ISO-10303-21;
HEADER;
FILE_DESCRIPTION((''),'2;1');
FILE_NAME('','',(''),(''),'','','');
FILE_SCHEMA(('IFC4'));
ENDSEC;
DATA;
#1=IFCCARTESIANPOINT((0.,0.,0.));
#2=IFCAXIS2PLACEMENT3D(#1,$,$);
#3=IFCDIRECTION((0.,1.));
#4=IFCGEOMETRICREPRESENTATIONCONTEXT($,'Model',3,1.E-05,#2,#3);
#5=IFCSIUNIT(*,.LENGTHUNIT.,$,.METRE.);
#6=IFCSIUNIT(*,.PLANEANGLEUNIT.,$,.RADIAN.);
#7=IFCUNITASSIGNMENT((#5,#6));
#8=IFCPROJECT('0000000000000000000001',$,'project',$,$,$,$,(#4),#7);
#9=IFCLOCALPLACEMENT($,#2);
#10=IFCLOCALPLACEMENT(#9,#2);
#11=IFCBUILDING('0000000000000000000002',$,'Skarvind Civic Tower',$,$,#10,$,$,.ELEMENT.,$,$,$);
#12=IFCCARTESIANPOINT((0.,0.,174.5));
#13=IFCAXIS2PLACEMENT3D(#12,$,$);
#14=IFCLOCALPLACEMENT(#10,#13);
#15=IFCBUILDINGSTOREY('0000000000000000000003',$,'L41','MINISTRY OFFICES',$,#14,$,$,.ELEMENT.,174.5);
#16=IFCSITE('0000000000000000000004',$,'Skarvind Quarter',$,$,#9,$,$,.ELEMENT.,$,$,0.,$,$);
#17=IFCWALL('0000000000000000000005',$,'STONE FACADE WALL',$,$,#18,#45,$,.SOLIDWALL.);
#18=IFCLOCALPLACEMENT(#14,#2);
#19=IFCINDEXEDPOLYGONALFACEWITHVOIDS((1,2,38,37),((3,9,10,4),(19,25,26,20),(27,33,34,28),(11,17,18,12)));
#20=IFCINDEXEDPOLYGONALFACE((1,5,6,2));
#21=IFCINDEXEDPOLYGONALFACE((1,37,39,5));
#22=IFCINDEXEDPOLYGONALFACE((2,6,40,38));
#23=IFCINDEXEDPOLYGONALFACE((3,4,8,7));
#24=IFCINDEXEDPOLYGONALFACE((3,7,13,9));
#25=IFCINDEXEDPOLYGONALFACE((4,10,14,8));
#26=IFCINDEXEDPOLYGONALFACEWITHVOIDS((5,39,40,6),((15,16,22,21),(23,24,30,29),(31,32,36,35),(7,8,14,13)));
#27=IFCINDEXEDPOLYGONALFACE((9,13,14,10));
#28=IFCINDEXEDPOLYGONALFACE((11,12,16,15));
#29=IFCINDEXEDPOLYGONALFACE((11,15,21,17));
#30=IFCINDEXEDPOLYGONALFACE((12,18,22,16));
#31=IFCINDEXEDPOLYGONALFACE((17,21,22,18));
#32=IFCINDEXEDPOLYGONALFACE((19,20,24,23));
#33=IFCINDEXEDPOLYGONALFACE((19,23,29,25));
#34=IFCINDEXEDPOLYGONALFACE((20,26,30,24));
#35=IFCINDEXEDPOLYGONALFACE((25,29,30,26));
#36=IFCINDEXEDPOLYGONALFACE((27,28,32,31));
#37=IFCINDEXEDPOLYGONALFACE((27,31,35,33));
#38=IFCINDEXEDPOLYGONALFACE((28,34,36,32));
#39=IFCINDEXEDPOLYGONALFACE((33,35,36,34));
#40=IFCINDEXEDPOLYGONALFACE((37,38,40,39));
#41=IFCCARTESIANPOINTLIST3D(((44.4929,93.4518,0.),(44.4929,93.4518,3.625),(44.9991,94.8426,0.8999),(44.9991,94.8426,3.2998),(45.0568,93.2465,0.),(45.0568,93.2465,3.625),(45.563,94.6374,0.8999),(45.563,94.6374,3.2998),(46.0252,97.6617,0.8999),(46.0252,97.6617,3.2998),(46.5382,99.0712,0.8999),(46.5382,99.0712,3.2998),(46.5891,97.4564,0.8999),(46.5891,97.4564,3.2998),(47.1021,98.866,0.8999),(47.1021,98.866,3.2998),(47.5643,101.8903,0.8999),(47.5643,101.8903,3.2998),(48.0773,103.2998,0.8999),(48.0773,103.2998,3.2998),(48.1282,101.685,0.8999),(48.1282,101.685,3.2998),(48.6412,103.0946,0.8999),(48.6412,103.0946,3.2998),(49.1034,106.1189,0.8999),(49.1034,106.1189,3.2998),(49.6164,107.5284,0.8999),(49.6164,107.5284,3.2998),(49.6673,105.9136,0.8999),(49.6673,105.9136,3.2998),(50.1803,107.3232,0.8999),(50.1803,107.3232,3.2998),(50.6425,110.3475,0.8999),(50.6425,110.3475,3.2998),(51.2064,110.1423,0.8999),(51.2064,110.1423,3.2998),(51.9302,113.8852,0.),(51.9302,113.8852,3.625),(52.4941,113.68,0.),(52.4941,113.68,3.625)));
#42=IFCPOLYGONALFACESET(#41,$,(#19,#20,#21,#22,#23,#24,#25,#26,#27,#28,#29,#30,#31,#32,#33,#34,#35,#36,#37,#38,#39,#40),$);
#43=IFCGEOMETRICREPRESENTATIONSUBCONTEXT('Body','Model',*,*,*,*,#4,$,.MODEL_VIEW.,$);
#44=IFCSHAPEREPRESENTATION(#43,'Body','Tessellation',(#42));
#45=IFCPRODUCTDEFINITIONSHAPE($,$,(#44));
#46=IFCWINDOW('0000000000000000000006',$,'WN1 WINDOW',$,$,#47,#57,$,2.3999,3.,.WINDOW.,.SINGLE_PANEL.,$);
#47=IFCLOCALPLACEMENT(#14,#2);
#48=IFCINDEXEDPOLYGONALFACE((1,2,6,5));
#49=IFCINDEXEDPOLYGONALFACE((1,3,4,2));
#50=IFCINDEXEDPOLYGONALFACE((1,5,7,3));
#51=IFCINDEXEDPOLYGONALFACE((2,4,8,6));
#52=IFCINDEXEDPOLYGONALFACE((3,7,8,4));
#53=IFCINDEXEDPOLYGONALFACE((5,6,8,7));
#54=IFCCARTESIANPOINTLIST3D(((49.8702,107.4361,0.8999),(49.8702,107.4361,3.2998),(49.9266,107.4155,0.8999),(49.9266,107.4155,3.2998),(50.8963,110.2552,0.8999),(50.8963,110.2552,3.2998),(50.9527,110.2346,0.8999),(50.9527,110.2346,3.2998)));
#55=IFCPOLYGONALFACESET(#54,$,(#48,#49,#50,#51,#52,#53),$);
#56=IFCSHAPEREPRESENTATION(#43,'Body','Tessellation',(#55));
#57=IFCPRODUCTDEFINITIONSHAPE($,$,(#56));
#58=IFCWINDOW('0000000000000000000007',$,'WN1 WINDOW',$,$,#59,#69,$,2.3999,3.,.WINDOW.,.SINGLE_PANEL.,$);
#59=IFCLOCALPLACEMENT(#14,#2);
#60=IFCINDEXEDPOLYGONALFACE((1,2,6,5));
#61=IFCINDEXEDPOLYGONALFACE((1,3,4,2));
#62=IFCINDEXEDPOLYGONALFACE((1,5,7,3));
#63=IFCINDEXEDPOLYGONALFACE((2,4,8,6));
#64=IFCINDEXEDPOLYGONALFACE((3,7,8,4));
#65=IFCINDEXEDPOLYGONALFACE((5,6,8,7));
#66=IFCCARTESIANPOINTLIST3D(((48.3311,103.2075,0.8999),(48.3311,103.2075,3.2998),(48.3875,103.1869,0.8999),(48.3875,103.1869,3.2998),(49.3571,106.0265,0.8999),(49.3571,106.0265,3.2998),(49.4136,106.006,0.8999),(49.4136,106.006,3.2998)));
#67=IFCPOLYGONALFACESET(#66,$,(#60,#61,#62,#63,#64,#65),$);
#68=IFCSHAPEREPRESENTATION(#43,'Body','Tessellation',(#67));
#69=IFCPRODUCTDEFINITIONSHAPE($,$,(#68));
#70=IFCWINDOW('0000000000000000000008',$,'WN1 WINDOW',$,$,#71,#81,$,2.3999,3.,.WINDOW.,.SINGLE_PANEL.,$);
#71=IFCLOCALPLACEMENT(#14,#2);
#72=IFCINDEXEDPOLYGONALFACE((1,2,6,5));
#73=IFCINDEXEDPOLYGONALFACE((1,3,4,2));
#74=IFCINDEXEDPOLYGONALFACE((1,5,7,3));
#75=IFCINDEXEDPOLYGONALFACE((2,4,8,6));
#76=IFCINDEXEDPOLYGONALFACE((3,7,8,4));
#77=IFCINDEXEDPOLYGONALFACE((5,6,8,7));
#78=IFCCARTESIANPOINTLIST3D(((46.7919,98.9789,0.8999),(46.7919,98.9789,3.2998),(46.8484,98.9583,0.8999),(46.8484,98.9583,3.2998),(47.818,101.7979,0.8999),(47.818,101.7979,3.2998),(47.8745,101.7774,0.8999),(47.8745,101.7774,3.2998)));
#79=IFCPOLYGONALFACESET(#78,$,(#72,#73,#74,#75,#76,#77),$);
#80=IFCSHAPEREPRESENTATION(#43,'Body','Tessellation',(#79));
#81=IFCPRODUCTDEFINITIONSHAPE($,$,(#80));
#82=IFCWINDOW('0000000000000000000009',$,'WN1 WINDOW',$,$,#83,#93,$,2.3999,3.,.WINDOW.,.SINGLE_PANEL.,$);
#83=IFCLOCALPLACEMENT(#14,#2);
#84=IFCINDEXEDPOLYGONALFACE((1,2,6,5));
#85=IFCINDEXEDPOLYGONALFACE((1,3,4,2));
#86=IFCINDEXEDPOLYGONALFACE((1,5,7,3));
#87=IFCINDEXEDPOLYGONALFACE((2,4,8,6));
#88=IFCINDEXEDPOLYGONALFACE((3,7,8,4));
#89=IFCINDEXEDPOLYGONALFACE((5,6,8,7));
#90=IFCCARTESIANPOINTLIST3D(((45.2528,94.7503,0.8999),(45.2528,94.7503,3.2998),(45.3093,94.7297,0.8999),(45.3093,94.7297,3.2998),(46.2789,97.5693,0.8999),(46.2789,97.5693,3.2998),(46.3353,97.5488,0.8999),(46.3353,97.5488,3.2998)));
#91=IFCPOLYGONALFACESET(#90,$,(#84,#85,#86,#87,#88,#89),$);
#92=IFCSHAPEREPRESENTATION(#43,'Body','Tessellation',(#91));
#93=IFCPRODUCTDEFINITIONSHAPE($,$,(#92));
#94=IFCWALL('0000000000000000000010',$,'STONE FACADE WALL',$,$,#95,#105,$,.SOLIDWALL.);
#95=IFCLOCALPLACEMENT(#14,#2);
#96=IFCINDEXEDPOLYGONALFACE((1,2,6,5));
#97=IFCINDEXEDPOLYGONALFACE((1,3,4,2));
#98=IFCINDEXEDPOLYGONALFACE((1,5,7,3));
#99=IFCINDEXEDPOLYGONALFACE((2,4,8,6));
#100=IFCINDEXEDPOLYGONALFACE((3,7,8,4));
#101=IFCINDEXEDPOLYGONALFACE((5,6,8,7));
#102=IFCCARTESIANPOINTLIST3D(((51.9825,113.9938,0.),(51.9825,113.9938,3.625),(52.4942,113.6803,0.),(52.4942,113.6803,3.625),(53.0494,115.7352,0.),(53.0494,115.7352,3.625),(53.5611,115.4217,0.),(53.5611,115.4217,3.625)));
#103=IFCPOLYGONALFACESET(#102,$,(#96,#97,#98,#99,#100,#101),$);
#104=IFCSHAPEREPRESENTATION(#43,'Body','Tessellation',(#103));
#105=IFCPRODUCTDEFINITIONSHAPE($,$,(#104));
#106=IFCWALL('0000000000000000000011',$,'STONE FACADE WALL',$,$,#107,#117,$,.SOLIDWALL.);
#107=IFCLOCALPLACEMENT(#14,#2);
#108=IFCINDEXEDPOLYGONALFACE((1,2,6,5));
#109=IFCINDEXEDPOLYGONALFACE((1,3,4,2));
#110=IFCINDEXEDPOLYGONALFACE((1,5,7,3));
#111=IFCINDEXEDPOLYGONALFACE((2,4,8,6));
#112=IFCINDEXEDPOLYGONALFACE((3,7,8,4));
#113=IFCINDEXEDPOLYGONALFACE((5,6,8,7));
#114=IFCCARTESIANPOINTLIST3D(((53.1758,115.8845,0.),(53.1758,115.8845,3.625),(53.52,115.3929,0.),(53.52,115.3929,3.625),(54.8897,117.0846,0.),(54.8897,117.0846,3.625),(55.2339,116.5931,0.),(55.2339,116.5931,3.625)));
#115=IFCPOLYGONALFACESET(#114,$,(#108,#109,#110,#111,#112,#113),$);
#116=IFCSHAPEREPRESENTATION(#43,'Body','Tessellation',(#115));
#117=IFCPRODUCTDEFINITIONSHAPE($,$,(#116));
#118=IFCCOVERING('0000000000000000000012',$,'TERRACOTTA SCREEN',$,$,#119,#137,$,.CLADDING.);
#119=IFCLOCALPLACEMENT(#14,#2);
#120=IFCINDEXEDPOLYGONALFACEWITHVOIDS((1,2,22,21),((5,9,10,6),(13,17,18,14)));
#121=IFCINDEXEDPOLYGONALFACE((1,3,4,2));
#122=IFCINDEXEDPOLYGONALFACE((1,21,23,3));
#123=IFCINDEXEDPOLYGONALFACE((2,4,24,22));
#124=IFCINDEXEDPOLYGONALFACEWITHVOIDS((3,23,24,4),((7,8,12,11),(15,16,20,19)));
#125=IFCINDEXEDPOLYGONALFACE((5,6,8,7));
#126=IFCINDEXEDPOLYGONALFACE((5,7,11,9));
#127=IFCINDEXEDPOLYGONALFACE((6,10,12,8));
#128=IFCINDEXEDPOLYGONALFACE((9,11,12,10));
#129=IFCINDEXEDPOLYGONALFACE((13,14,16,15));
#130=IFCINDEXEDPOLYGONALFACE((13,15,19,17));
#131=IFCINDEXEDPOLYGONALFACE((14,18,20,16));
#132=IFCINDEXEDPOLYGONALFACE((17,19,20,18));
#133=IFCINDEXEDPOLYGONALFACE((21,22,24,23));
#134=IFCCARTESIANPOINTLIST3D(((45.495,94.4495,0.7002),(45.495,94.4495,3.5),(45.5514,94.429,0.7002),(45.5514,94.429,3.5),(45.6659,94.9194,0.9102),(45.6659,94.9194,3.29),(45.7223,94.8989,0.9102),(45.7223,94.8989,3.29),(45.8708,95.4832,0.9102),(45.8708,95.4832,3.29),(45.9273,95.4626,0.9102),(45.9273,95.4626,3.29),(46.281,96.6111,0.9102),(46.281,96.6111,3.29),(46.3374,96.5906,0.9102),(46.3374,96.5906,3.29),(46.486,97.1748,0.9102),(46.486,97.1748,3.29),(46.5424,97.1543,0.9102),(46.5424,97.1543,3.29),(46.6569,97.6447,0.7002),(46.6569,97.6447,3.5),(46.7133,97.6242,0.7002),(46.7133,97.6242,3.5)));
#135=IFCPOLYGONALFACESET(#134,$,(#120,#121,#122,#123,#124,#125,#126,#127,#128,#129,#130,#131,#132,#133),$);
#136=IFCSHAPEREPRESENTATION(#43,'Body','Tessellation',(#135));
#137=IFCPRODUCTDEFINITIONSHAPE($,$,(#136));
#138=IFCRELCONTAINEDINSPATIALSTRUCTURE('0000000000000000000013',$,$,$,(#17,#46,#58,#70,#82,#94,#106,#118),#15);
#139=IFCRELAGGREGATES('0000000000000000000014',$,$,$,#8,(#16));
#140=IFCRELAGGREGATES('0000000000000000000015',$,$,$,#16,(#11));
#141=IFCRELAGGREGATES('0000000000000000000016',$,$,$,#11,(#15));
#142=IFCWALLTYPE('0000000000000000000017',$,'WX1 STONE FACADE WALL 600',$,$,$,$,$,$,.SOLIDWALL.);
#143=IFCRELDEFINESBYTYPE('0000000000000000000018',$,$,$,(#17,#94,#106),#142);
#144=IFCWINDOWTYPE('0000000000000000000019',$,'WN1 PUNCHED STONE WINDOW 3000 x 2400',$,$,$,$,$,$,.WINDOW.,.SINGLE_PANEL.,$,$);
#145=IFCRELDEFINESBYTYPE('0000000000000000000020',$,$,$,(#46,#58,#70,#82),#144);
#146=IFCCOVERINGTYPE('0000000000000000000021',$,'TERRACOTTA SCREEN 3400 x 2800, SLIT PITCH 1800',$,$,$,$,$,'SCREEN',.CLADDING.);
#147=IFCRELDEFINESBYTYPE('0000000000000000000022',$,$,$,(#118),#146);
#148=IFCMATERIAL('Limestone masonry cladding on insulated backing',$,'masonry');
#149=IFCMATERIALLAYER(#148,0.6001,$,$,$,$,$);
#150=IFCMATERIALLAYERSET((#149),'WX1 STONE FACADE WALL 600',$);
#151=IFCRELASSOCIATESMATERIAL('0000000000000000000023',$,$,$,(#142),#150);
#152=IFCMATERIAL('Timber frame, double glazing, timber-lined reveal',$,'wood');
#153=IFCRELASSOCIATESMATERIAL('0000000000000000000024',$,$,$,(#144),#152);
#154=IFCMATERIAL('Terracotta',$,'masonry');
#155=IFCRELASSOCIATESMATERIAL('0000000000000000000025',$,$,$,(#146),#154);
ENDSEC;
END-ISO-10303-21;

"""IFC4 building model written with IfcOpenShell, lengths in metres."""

from ifc_helpers import new_model, si_unit, direction, frame, frame_2d, origin, place, context, subcontext, project, spatial, polyline, rectangle, outline, extrude, material, layer, layer_set, material_profile, profile_set, type_object, element, fill, save


model = new_model("IFC4")

# Units and contexts
model_context = context("Model", 3, precision=1e-05, world=origin(), true_north=direction((0.0, 1.0)))
body_context = subcontext(model_context, "Body", "Model", "MODEL_VIEW")
ifc_project = project(units=[si_unit("LENGTHUNIT", "METRE"), si_unit("PLANEANGLEUNIT", "RADIAN")], contexts=[model_context])

# Site, building, storey
site_placement = place(None, origin())
site = spatial("IfcSite", under=ifc_project, at=site_placement, Name="Skarvind Quarter", CompositionType="ELEMENT", RefElevation=0.0)
building_placement = place(site_placement, origin())
building = spatial("IfcBuilding", under=site, at=building_placement, Name="Skarvind Civic Tower", CompositionType="ELEMENT")
storey_placement = place(building_placement, frame((0.0, 0.0, 174.5)))
storey = spatial("IfcBuildingStorey", under=building, at=storey_placement, Name="L41", Description="MINISTRY OFFICES", CompositionType="ELEMENT", Elevation=174.5)

# Wall, openings, windows
ifc_material_1 = material(Name="Limestone masonry cladding on insulated backing", Category="masonry")
ifc_layer_1 = layer(ifc_material_1, 0.6001)
ifc_layer_set_1 = layer_set([ifc_layer_1], Name="WX1 STONE FACADE WALL 600")
wall_type_1 = type_object("IfcWallType", Name="WX1 STONE FACADE WALL 600", PredefinedType="SOLIDWALL", material=ifc_layer_set_1)
wall_1_placement = place(storey_placement, frame((52.2122, 113.7827, 0.0), z_axis=(0.0, 0.0, 1.0), x_axis=(-0.342025, -0.939691, 0.0)))
wall_1 = element("IfcWall", 1, at=wall_1_placement, inside=storey, type_object=wall_type_1, Name="STONE FACADE WALL", PredefinedType="SOLIDWALL", context=body_context, shape_type="SweptSolid", body=[
    extrude(rectangle(XDim=21.7449, YDim=0.6001, at=frame_2d((10.8726, 0.0))), origin(), (0.0, 0.0, 1.0), 3.625),
])
opening_1_placement = place(wall_1_placement, frame((3.7649, 0.0, 0.8999)))
opening_1 = element("IfcOpeningElement", 2, at=opening_1_placement, cuts=wall_1, PredefinedType="OPENING", context=body_context, shape_type="SweptSolid", body=[
    extrude(rectangle(XDim=3.0, YDim=2.3999, at=frame_2d((1.5, 1.2))), frame((0.0, 0.3101, 0.0), z_axis=(0.0, -1.0, 0.0), x_axis=(1.0, 0.0, 0.0)), (0.0, 0.0, 1.0), 0.6201),
])
opening_2_placement = place(wall_1_placement, frame((8.2649, 0.0, 0.8999)))
opening_2 = element("IfcOpeningElement", 3, at=opening_2_placement, cuts=wall_1, PredefinedType="OPENING", context=body_context, shape_type="SweptSolid", body=[
    extrude(rectangle(XDim=3.0, YDim=2.3999, at=frame_2d((1.5, 1.2))), frame((0.0, 0.3101, 0.0), z_axis=(0.0, -1.0, 0.0), x_axis=(1.0, 0.0, 0.0)), (0.0, 0.0, 1.0), 0.6201),
])
opening_3_placement = place(wall_1_placement, frame((12.7649, 0.0, 0.8999)))
opening_3 = element("IfcOpeningElement", 4, at=opening_3_placement, cuts=wall_1, PredefinedType="OPENING", context=body_context, shape_type="SweptSolid", body=[
    extrude(rectangle(XDim=3.0, YDim=2.3999, at=frame_2d((1.5, 1.2))), frame((0.0, 0.3101, 0.0), z_axis=(0.0, -1.0, 0.0), x_axis=(1.0, 0.0, 0.0)), (0.0, 0.0, 1.0), 0.6201),
])
opening_4_placement = place(wall_1_placement, frame((17.2649, 0.0, 0.8999)))
opening_4 = element("IfcOpeningElement", 5, at=opening_4_placement, cuts=wall_1, PredefinedType="OPENING", context=body_context, shape_type="SweptSolid", body=[
    extrude(rectangle(XDim=3.0, YDim=2.3999, at=frame_2d((1.5, 1.2))), frame((0.0, 0.3101, 0.0), z_axis=(0.0, -1.0, 0.0), x_axis=(1.0, 0.0, 0.0)), (0.0, 0.0, 1.0), 0.6201),
])
ifc_material_2 = material(Name="Timber frame, double glazing, timber-lined reveal", Category="wood")
window_type = type_object("IfcWindowType", Name="WN1 PUNCHED STONE WINDOW 3000 x 2400", PartitioningType="SINGLE_PANEL", PredefinedType="WINDOW", material=ifc_material_2)
window_1_placement = place(opening_1_placement, origin())
window_1 = element("IfcWindow", 6, at=window_1_placement, inside=storey, type_object=window_type, Name="WN1 WINDOW", OverallHeight=2.3999, OverallWidth=3.0, PartitioningType="SINGLE_PANEL", PredefinedType="WINDOW", context=body_context, shape_type="SweptSolid", body=[
    extrude(rectangle(XDim=3.0, YDim=2.3999, at=frame_2d((1.5, 1.2))), frame((0.0, 0.03, 0.0), z_axis=(0.0, -1.0, 0.0), x_axis=(1.0, 0.0, 0.0)), (0.0, 0.0, 1.0), 0.0601),
])
fill(opening_1, window_1)
window_2_placement = place(opening_2_placement, origin())
window_2 = element("IfcWindow", 7, at=window_2_placement, inside=storey, type_object=window_type, Name="WN1 WINDOW", OverallHeight=2.3999, OverallWidth=3.0, PartitioningType="SINGLE_PANEL", PredefinedType="WINDOW", context=body_context, shape_type="SweptSolid", body=[
    extrude(rectangle(XDim=3.0, YDim=2.3999, at=frame_2d((1.5, 1.2))), frame((0.0, 0.03, 0.0), z_axis=(0.0, -1.0, 0.0), x_axis=(1.0, 0.0, 0.0)), (0.0, 0.0, 1.0), 0.0601),
])
fill(opening_2, window_2)
window_3_placement = place(opening_3_placement, origin())
window_3 = element("IfcWindow", 8, at=window_3_placement, inside=storey, type_object=window_type, Name="WN1 WINDOW", OverallHeight=2.3999, OverallWidth=3.0, PartitioningType="SINGLE_PANEL", PredefinedType="WINDOW", context=body_context, shape_type="SweptSolid", body=[
    extrude(rectangle(XDim=3.0, YDim=2.3999, at=frame_2d((1.5, 1.2))), frame((0.0, 0.03, 0.0), z_axis=(0.0, -1.0, 0.0), x_axis=(1.0, 0.0, 0.0)), (0.0, 0.0, 1.0), 0.0601),
])
fill(opening_3, window_3)
window_4_placement = place(opening_4_placement, origin())
window_4 = element("IfcWindow", 9, at=window_4_placement, inside=storey, type_object=window_type, Name="WN1 WINDOW", OverallHeight=2.3999, OverallWidth=3.0, PartitioningType="SINGLE_PANEL", PredefinedType="WINDOW", context=body_context, shape_type="SweptSolid", body=[
    extrude(rectangle(XDim=3.0, YDim=2.3999, at=frame_2d((1.5, 1.2))), frame((0.0, 0.03, 0.0), z_axis=(0.0, -1.0, 0.0), x_axis=(1.0, 0.0, 0.0)), (0.0, 0.0, 1.0), 0.0601),
])
fill(opening_4, window_4)

# Walls
wall_2_placement = place(storey_placement, frame((53.3052, 115.5784, 0.0), z_axis=(0.0, 0.0, 1.0), x_axis=(-0.522402, -0.852699, 0.0)))
element("IfcWall", 10, at=wall_2_placement, inside=storey, type_object=wall_type_1, Name="STONE FACADE WALL", PredefinedType="SOLIDWALL", context=body_context, shape_type="SweptSolid", body=[
    extrude(rectangle(XDim=2.0422, YDim=0.6001, at=frame_2d((1.021, 0.0))), origin(), (0.0, 0.0, 1.0), 3.625),
])
wall_3_placement = place(storey_placement, frame((55.0618, 116.8389, 0.0), z_axis=(0.0, 0.0, 1.0), x_axis=(-0.819122, -0.573619, 0.0)))
element("IfcWall", 11, at=wall_3_placement, inside=storey, type_object=wall_type_1, Name="STONE FACADE WALL", PredefinedType="SOLIDWALL", context=body_context, shape_type="SweptSolid", body=[
    extrude(rectangle(XDim=2.0923, YDim=0.6001, at=frame_2d((1.0461, 0.0))), origin(), (0.0, 0.0, 1.0), 3.625),
])

# Covering
ifc_material_3 = material(Name="Terracotta", Category="masonry")
ifc_material_profile_1 = material_profile(ifc_material_3, outline(polyline([(-1.7, -1.3999), (1.7, -1.3999), (1.7, 1.3999), (-1.7, 1.3999), (-1.7, -1.3999)]), holes=[polyline([(-1.2, -1.1899), (-0.6001, -1.1899), (-0.6001, 1.1899), (-1.2, 1.1899), (-1.2, -1.1899)]), polyline([(0.6001, -1.1899), (1.2, -1.1899), (1.2, 1.1899), (0.6001, 1.1899), (0.6001, -1.1899)])]), Name="TERRACOTTA SCREEN 3400 x 2800, SLIT PITCH 1800")
ifc_profile_set_1 = profile_set([ifc_material_profile_1], Name="Terracotta")
covering_type = type_object("IfcCoveringType", Name="TERRACOTTA SCREEN 3400 x 2800, SLIT PITCH 1800", ElementType="SCREEN", PredefinedType="CLADDING", material=ifc_profile_set_1)
covering_placement = place(storey_placement, frame((46.0759, 96.0471, 2.1001), z_axis=(0.939793, -0.341743, 0.0), x_axis=(0.341743, 0.939793, 0.0)))
element("IfcCovering", 12, at=covering_placement, inside=storey, type_object=covering_type, Name="TERRACOTTA SCREEN", PredefinedType="CLADDING", context=body_context, shape_type="SweptSolid", body=[
    extrude(outline(polyline([(-1.7, -1.3999), (1.7, -1.3999), (1.7, 1.3999), (-1.7, 1.3999), (-1.7, -1.3999)]), holes=[polyline([(-1.2, -1.1899), (-0.6001, -1.1899), (-0.6001, 1.1899), (-1.2, 1.1899), (-1.2, -1.1899)]), polyline([(0.6001, -1.1899), (1.2, -1.1899), (1.2, 1.1899), (0.6001, 1.1899), (0.6001, -1.1899)])]), origin(), (0.0, 0.0, 1.0), 0.0601),
])

save(model, "model.ifc")
